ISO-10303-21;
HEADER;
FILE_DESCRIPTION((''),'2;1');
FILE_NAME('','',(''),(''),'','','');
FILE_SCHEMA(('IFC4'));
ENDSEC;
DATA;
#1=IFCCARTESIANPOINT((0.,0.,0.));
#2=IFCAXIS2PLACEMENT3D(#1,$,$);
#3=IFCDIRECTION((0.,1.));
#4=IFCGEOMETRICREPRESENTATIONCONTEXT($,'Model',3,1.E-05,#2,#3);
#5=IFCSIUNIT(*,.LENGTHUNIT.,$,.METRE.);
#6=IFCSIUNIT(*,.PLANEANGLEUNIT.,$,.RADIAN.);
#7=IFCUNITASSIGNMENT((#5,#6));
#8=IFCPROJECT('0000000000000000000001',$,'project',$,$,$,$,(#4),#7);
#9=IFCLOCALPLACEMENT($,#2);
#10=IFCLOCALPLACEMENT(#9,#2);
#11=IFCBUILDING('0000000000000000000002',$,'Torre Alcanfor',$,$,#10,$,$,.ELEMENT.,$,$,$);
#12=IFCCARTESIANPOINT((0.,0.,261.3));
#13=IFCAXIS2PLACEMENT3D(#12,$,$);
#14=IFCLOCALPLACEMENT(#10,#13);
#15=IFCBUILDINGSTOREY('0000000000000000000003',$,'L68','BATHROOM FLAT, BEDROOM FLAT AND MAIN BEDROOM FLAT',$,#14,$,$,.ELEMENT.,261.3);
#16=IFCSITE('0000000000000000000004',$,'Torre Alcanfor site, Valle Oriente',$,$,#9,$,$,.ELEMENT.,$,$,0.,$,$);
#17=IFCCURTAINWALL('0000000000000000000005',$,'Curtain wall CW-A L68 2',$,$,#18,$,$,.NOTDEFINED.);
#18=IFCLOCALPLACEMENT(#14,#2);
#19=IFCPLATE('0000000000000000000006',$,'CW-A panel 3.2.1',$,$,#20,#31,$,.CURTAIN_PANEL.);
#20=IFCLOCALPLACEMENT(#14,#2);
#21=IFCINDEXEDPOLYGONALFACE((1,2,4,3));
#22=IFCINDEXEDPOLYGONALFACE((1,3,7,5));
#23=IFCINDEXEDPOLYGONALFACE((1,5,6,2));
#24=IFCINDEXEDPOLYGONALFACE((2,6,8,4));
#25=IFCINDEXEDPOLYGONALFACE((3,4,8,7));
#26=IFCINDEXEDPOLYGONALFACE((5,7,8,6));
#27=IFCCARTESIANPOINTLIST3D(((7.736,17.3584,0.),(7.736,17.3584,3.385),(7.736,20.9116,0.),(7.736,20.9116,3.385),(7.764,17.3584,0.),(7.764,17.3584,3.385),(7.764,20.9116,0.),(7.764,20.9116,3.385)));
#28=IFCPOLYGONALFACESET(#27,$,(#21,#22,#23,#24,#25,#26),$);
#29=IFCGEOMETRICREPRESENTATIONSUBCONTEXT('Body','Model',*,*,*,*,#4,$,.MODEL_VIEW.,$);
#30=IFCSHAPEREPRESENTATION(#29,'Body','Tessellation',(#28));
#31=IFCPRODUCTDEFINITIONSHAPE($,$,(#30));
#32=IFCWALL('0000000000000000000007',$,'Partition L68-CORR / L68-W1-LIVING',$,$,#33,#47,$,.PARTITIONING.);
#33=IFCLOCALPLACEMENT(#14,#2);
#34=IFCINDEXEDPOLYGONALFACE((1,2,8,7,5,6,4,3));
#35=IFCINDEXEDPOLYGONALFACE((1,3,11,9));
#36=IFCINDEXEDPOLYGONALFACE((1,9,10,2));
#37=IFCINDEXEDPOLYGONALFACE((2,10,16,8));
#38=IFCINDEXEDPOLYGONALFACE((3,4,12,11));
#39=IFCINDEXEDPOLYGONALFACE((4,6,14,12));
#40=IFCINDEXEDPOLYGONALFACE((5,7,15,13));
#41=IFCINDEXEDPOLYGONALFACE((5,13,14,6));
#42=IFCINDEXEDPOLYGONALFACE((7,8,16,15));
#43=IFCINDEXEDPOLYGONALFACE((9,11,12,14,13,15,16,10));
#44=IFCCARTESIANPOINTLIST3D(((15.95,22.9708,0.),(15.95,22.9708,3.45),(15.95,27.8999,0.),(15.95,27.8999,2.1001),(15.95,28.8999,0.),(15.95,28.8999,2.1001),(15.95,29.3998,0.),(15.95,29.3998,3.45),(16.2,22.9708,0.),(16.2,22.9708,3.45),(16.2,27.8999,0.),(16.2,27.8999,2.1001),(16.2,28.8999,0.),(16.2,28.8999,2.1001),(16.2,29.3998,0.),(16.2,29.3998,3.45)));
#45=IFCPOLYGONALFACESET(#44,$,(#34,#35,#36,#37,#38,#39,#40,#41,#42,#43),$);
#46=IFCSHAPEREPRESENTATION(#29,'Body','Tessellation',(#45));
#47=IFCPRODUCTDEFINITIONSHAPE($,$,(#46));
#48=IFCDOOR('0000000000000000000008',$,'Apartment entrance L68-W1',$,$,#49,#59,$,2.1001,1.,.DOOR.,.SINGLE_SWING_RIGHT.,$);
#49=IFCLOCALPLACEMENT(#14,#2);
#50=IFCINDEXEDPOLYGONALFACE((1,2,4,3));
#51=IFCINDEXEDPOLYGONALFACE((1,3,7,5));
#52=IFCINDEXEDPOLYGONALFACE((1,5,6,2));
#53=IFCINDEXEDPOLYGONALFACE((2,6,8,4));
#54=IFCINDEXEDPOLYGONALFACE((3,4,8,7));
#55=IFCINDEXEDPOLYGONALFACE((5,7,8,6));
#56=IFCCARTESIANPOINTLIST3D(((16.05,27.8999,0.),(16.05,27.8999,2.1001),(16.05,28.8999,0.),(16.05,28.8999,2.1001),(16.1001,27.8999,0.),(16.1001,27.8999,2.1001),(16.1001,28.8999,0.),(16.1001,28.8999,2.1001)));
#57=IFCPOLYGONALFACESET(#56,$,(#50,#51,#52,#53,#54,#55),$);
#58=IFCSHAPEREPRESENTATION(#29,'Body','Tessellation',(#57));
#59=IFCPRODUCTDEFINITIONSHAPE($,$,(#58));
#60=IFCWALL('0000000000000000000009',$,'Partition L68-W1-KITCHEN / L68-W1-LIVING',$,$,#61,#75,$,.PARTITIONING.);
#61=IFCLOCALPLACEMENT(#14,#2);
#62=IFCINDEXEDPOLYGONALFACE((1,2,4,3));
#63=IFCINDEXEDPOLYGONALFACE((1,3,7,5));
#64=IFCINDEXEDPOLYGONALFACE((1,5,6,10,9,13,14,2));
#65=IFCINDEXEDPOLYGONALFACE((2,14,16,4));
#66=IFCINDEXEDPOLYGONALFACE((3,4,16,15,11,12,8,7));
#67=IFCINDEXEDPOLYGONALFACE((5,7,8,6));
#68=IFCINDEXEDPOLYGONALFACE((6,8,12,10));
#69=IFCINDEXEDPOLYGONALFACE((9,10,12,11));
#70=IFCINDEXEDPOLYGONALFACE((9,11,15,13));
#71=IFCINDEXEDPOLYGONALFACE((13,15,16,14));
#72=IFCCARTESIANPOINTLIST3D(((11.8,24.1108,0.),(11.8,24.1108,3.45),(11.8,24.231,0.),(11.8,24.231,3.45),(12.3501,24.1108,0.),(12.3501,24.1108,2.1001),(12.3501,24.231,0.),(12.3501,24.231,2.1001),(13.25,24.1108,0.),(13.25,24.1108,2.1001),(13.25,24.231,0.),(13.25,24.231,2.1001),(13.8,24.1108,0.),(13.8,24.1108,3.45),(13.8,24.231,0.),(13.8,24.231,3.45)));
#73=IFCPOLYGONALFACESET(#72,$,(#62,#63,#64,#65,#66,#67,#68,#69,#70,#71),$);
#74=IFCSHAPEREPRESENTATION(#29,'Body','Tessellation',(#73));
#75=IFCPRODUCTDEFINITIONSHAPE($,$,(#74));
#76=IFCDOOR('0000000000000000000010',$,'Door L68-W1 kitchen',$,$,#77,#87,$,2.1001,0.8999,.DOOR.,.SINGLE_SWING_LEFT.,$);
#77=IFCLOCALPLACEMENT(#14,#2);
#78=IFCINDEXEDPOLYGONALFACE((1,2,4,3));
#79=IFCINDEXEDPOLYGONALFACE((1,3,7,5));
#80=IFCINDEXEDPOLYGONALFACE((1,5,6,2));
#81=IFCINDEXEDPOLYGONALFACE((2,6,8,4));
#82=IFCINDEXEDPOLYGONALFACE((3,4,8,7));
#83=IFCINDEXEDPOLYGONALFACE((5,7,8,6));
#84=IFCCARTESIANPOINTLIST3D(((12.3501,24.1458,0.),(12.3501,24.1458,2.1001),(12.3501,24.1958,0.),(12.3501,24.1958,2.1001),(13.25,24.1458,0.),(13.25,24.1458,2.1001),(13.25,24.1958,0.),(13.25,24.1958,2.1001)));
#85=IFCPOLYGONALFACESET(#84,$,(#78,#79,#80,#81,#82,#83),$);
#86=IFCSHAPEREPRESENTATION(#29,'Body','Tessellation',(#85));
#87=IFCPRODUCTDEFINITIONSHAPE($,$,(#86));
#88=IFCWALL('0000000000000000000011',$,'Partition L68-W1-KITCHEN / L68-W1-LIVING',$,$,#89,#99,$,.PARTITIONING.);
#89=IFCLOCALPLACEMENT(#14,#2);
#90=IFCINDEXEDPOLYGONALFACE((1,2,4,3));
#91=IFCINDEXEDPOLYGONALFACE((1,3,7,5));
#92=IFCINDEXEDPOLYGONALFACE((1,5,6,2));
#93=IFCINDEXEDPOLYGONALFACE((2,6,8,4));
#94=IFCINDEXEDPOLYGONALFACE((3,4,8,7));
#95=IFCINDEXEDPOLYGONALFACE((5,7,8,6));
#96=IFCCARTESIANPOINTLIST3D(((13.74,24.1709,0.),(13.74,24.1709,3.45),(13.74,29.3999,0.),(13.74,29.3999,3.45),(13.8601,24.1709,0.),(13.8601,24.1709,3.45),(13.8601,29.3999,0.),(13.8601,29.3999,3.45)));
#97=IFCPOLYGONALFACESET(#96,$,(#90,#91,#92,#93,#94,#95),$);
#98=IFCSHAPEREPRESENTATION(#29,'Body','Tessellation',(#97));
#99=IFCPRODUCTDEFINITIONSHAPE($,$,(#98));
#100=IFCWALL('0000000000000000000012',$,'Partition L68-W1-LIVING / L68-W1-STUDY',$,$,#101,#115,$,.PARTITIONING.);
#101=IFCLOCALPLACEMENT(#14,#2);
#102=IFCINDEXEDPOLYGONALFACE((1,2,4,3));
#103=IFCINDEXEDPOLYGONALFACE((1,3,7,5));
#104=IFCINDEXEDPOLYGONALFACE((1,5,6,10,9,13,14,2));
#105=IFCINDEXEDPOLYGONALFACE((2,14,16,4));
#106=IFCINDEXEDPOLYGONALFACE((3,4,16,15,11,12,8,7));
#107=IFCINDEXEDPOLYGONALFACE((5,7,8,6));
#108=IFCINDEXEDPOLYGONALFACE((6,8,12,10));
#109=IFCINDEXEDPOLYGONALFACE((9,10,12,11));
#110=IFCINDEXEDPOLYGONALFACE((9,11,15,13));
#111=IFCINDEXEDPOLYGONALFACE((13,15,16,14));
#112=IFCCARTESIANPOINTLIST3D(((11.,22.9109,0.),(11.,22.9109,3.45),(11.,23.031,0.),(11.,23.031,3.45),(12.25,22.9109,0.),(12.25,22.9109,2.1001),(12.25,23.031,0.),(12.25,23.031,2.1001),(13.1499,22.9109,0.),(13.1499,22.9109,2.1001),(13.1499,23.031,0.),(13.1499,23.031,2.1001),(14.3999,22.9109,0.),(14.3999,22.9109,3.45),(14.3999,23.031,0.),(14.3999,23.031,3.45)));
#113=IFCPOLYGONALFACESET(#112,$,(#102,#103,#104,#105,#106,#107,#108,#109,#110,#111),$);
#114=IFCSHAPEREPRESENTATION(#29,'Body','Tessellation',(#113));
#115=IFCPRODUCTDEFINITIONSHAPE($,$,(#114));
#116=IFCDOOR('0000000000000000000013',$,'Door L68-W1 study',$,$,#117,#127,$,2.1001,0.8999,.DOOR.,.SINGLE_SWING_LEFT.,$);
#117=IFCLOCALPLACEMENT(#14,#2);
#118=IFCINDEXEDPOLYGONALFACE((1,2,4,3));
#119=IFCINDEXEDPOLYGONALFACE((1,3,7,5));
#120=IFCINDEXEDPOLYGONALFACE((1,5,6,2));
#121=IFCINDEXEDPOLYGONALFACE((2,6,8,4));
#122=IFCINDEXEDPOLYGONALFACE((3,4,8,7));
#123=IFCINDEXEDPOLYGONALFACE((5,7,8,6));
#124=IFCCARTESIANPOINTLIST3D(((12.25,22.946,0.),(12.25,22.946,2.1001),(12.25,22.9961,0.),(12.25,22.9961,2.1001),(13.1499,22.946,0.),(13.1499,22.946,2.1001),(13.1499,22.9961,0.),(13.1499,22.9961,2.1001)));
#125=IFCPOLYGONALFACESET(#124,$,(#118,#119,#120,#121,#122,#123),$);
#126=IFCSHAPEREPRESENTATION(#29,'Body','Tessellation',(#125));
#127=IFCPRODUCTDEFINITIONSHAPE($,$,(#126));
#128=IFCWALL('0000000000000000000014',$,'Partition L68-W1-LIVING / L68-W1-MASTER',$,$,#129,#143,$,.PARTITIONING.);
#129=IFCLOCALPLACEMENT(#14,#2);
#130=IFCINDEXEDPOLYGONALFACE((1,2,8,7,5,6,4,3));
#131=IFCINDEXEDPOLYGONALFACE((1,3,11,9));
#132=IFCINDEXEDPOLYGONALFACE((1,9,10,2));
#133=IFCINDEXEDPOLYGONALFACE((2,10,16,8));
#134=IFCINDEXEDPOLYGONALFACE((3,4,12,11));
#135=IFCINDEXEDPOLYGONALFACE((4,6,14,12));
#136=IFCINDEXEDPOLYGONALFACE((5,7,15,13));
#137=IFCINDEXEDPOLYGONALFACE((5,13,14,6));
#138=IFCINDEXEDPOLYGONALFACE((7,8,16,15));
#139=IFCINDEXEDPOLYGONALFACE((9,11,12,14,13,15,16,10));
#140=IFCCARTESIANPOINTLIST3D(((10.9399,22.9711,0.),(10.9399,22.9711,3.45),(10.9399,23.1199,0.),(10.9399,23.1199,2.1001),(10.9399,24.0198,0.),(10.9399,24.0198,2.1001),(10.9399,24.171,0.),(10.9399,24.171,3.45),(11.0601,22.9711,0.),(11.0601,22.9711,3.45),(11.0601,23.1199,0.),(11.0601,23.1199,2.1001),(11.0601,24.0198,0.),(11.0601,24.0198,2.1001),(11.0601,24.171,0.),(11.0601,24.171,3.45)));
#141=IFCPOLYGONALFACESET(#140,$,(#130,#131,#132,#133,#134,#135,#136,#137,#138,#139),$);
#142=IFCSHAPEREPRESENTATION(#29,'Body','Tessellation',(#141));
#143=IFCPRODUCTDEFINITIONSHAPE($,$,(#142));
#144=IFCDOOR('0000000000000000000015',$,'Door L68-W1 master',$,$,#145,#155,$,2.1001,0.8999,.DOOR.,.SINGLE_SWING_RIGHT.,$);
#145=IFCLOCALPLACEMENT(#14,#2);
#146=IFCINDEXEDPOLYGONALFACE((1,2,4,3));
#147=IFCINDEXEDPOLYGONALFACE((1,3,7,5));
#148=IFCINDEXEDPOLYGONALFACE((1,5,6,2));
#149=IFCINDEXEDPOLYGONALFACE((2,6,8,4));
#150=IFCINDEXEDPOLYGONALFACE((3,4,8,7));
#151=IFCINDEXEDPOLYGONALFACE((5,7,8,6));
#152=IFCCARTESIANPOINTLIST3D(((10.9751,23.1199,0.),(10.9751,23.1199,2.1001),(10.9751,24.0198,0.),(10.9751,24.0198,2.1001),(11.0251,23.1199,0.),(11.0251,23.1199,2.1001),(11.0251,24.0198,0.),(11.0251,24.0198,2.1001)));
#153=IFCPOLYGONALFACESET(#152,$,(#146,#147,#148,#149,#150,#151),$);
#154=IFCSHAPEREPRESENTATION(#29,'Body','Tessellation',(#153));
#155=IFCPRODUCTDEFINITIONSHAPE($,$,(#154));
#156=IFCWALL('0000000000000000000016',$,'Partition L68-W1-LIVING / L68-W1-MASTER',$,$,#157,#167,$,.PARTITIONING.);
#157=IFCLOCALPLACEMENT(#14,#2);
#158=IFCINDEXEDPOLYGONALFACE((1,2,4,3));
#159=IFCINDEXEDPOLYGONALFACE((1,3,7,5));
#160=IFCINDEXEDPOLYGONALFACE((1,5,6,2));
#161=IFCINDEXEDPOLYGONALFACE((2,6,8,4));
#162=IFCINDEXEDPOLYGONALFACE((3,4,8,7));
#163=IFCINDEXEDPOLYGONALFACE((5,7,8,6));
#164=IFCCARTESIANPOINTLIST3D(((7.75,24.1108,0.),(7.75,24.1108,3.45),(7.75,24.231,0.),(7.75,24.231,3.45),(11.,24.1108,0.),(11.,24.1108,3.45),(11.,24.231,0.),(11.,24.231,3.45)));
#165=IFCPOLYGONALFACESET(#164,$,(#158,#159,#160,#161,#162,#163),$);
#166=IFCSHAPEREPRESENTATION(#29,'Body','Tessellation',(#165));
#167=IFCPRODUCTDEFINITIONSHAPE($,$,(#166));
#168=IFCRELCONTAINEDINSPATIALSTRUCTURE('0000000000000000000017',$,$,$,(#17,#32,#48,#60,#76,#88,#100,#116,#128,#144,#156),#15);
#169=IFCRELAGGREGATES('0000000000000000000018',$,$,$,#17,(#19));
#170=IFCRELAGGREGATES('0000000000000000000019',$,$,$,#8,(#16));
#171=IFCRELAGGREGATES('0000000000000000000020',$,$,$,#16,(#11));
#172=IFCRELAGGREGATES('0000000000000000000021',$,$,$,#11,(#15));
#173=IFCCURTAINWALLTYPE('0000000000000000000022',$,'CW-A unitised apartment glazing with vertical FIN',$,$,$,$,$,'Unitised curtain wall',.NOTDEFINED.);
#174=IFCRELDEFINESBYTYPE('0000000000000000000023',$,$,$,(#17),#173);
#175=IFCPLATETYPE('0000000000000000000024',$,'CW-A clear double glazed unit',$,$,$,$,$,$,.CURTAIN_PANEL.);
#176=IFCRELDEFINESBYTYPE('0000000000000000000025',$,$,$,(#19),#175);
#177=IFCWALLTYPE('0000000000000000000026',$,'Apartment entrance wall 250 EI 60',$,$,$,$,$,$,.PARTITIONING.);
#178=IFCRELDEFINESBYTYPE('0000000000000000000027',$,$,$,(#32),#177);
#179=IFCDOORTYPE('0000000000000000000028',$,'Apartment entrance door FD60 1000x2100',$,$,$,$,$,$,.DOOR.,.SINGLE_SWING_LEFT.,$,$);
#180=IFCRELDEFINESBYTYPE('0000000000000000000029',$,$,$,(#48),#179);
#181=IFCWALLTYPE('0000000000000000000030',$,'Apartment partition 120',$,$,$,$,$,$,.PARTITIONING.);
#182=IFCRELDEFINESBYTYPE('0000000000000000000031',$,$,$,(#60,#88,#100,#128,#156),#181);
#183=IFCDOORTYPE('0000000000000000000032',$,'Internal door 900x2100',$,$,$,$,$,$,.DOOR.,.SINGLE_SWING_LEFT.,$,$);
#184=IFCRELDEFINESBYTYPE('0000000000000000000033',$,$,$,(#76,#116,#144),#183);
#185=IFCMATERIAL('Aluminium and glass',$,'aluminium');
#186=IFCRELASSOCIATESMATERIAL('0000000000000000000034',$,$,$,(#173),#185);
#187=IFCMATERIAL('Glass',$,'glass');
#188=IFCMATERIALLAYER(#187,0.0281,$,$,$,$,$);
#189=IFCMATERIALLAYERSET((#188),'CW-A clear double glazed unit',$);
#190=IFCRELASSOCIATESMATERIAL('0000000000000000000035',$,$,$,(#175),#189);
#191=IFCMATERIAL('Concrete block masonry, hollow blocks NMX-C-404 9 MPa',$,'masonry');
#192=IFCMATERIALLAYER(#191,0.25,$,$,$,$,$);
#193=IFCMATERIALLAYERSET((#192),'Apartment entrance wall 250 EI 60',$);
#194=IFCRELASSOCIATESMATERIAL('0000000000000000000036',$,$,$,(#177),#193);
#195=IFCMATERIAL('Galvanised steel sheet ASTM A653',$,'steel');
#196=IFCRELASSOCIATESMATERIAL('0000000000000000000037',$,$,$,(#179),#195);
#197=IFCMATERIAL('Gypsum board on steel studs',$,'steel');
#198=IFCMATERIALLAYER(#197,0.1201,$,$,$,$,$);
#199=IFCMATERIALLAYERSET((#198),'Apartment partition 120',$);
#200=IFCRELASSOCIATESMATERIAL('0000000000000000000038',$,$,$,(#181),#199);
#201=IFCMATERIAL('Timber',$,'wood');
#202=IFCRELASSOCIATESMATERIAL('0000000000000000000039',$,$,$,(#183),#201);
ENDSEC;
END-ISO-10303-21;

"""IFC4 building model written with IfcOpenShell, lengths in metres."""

from ifc_helpers import new_model, si_unit, direction, frame, frame_2d, origin, origin_2d, place, context, subcontext, project, spatial, rectangle, extrude, material, layer, layer_set, type_object, element, fill, aggregate, save


model = new_model("IFC4")

# Units and contexts
model_context = context("Model", 3, precision=1e-05, world=origin(), true_north=direction((0.0, 1.0)))
body_context = subcontext(model_context, "Body", "Model", "MODEL_VIEW")
ifc_project = project(units=[si_unit("LENGTHUNIT", "METRE"), si_unit("PLANEANGLEUNIT", "RADIAN")], contexts=[model_context])

# Site, building, storey
site_placement = place(None, origin())
site = spatial("IfcSite", under=ifc_project, at=site_placement, Name="Torre Alcanfor site, Valle Oriente", CompositionType="ELEMENT", RefElevation=0.0)
building_placement = place(site_placement, origin())
building = spatial("IfcBuilding", under=site, at=building_placement, Name="Torre Alcanfor", CompositionType="ELEMENT")
storey_placement = place(building_placement, frame((0.0, 0.0, 261.3)))
storey = spatial("IfcBuildingStorey", under=building, at=storey_placement, Name="L68", Description="BATHROOM FLAT, BEDROOM FLAT AND MAIN BEDROOM FLAT", CompositionType="ELEMENT", Elevation=261.3)

# Curtain wall
ifc_material_1 = material(Name="Aluminium and glass", Category="aluminium")
curtain_wall_type = type_object("IfcCurtainWallType", Name="CW-A unitised apartment glazing with vertical FIN", ElementType="Unitised curtain wall", PredefinedType="NOTDEFINED", material=ifc_material_1)
curtain_wall_placement = place(storey_placement, origin())
curtain_wall = element("IfcCurtainWall", 1, at=curtain_wall_placement, inside=storey, type_object=curtain_wall_type, Name="Curtain wall CW-A L68 2", PredefinedType="NOTDEFINED")

# Plate
ifc_material_2 = material(Name="Glass", Category="glass")
ifc_layer_1 = layer(ifc_material_2, 0.0281)
ifc_layer_set_1 = layer_set([ifc_layer_1], Name="CW-A clear double glazed unit")
plate_type = type_object("IfcPlateType", Name="CW-A clear double glazed unit", PredefinedType="CURTAIN_PANEL", material=ifc_layer_set_1)
plate_1_placement = place(storey_placement, frame((7.75, 19.135, 0.0), z_axis=(0.0, 0.0, 1.0), x_axis=(0.0, -1.0, 0.0)))
plate_1 = element("IfcPlate", 2, at=plate_1_placement, type_object=plate_type, Name="CW-A panel 3.2.1", PredefinedType="CURTAIN_PANEL", context=body_context, shape_type="SweptSolid", body=[
    extrude(rectangle(XDim=3.5532, YDim=0.0281, at=origin_2d()), origin(), (0.0, 0.0, 1.0), 3.385),
])
aggregate(curtain_wall, [plate_1])

# Walls, openings, doors
ifc_material_3 = material(Name="Concrete block masonry, hollow blocks NMX-C-404 9 MPa", Category="masonry")
ifc_layer_2 = layer(ifc_material_3, 0.25)
ifc_layer_set_2 = layer_set([ifc_layer_2], Name="Apartment entrance wall 250 EI 60")
wall_type_1 = type_object("IfcWallType", Name="Apartment entrance wall 250 EI 60", PredefinedType="PARTITIONING", material=ifc_layer_set_2)
wall_1_placement = place(storey_placement, frame((16.075, 22.9709, 0.0), z_axis=(0.0, 0.0, 1.0), x_axis=(0.0, 1.0, 0.0)))
wall_1 = element("IfcWall", 3, at=wall_1_placement, inside=storey, type_object=wall_type_1, Name="Partition L68-CORR / L68-W1-LIVING", PredefinedType="PARTITIONING", context=body_context, shape_type="SweptSolid", body=[
    extrude(rectangle(XDim=6.429, YDim=0.25, at=frame_2d((3.2144, 0.0))), origin(), (0.0, 0.0, 1.0), 3.45),
])
opening_1_placement = place(wall_1_placement, frame((4.929, 0.0, 0.0)))
opening_1 = element("IfcOpeningElement", 4, at=opening_1_placement, cuts=wall_1, PredefinedType="OPENING", context=body_context, shape_type="SweptSolid", body=[
    extrude(rectangle(XDim=1.0, YDim=2.1001, at=frame_2d((0.5, 1.05))), frame((0.0, 0.135, 0.0), z_axis=(0.0, -1.0, 0.0), x_axis=(1.0, 0.0, 0.0)), (0.0, 0.0, 1.0), 0.27),
])
ifc_material_4 = material(Name="Galvanised steel sheet ASTM A653", Category="steel")
door_type_1 = type_object("IfcDoorType", Name="Apartment entrance door FD60 1000x2100", OperationType="SINGLE_SWING_LEFT", PredefinedType="DOOR", material=ifc_material_4)
door_1_placement = place(opening_1_placement, origin())
door_1 = element("IfcDoor", 5, at=door_1_placement, inside=storey, type_object=door_type_1, Name="Apartment entrance L68-W1", OperationType="SINGLE_SWING_RIGHT", OverallHeight=2.1001, OverallWidth=1.0, PredefinedType="DOOR", context=body_context, shape_type="SweptSolid", body=[
    extrude(rectangle(XDim=1.0, YDim=2.1001, at=frame_2d((0.5, 1.05))), frame((0.0, 0.0249, 0.0), z_axis=(0.0, -1.0, 0.0), x_axis=(1.0, 0.0, 0.0)), (0.0, 0.0, 1.0), 0.05),
])
fill(opening_1, door_1)
ifc_material_5 = material(Name="Gypsum board on steel studs", Category="steel")
ifc_layer_3 = layer(ifc_material_5, 0.1201)
ifc_layer_set_3 = layer_set([ifc_layer_3], Name="Apartment partition 120")
wall_type_2 = type_object("IfcWallType", Name="Apartment partition 120", PredefinedType="PARTITIONING", material=ifc_layer_set_3)
wall_2_placement = place(storey_placement, frame((11.8, 24.1709, 0.0), z_axis=(0.0, 0.0, 1.0), x_axis=(1.0, 0.0, 0.0)))
wall_2 = element("IfcWall", 6, at=wall_2_placement, inside=storey, type_object=wall_type_2, Name="Partition L68-W1-KITCHEN / L68-W1-LIVING", PredefinedType="PARTITIONING", context=body_context, shape_type="SweptSolid", body=[
    extrude(rectangle(XDim=2.0, YDim=0.1201, at=frame_2d((1.0, 0.0))), origin(), (0.0, 0.0, 1.0), 3.45),
])
opening_2_placement = place(wall_2_placement, frame((0.55, 0.0, 0.0)))
opening_2 = element("IfcOpeningElement", 7, at=opening_2_placement, cuts=wall_2, PredefinedType="OPENING", context=body_context, shape_type="SweptSolid", body=[
    extrude(rectangle(XDim=0.8999, YDim=2.1001, at=frame_2d((0.45, 1.05))), frame((0.0, 0.0701, 0.0), z_axis=(0.0, -1.0, 0.0), x_axis=(1.0, 0.0, 0.0)), (0.0, 0.0, 1.0), 0.1401),
])
ifc_material_6 = material(Name="Timber", Category="wood")
door_type_2 = type_object("IfcDoorType", Name="Internal door 900x2100", OperationType="SINGLE_SWING_LEFT", PredefinedType="DOOR", material=ifc_material_6)
door_2_placement = place(opening_2_placement, origin())
door_2 = element("IfcDoor", 8, at=door_2_placement, inside=storey, type_object=door_type_2, Name="Door L68-W1 kitchen", OperationType="SINGLE_SWING_LEFT", OverallHeight=2.1001, OverallWidth=0.8999, PredefinedType="DOOR", context=body_context, shape_type="SweptSolid", body=[
    extrude(rectangle(XDim=0.8999, YDim=2.1001, at=frame_2d((0.45, 1.05))), frame((0.0, 0.0249, 0.0), z_axis=(0.0, -1.0, 0.0), x_axis=(1.0, 0.0, 0.0)), (0.0, 0.0, 1.0), 0.05),
])
fill(opening_2, door_2)

# Wall
wall_3_placement = place(storey_placement, frame((13.8, 24.1709, 0.0), z_axis=(0.0, 0.0, 1.0), x_axis=(0.0, 1.0, 0.0)))
element("IfcWall", 9, at=wall_3_placement, inside=storey, type_object=wall_type_2, Name="Partition L68-W1-KITCHEN / L68-W1-LIVING", PredefinedType="PARTITIONING", context=body_context, shape_type="SweptSolid", body=[
    extrude(rectangle(XDim=5.229, YDim=0.1201, at=frame_2d((2.6145, 0.0))), origin(), (0.0, 0.0, 1.0), 3.45),
])

# Walls, openings, doors
wall_4_placement = place(storey_placement, frame((14.3999, 22.9709, 0.0), z_axis=(0.0, 0.0, 1.0), x_axis=(-1.0, 0.0, 0.0)))
wall_4 = element("IfcWall", 10, at=wall_4_placement, inside=storey, type_object=wall_type_2, Name="Partition L68-W1-LIVING / L68-W1-STUDY", PredefinedType="PARTITIONING", context=body_context, shape_type="SweptSolid", body=[
    extrude(rectangle(XDim=3.3999, YDim=0.1201, at=frame_2d((1.7, 0.0))), origin(), (0.0, 0.0, 1.0), 3.45),
])
opening_3_placement = place(wall_4_placement, frame((1.25, 0.0, 0.0)))
opening_3 = element("IfcOpeningElement", 11, at=opening_3_placement, cuts=wall_4, PredefinedType="OPENING", context=body_context, shape_type="SweptSolid", body=[
    extrude(rectangle(XDim=0.8999, YDim=2.1001, at=frame_2d((0.45, 1.05))), frame((0.0, 0.0701, 0.0), z_axis=(0.0, -1.0, 0.0), x_axis=(1.0, 0.0, 0.0)), (0.0, 0.0, 1.0), 0.1401),
])
door_3_placement = place(opening_3_placement, origin())
door_3 = element("IfcDoor", 12, at=door_3_placement, inside=storey, type_object=door_type_2, Name="Door L68-W1 study", OperationType="SINGLE_SWING_LEFT", OverallHeight=2.1001, OverallWidth=0.8999, PredefinedType="DOOR", context=body_context, shape_type="SweptSolid", body=[
    extrude(rectangle(XDim=0.8999, YDim=2.1001, at=frame_2d((0.45, 1.05))), frame((0.0, 0.0249, 0.0), z_axis=(0.0, -1.0, 0.0), x_axis=(1.0, 0.0, 0.0)), (0.0, 0.0, 1.0), 0.05),
])
fill(opening_3, door_3)
wall_5_placement = place(storey_placement, frame((11.0, 22.9709, 0.0), z_axis=(0.0, 0.0, 1.0), x_axis=(0.0, 1.0, 0.0)))
wall_5 = element("IfcWall", 13, at=wall_5_placement, inside=storey, type_object=wall_type_2, Name="Partition L68-W1-LIVING / L68-W1-MASTER", PredefinedType="PARTITIONING", context=body_context, shape_type="SweptSolid", body=[
    extrude(rectangle(XDim=1.2, YDim=0.1201, at=frame_2d((0.6001, 0.0))), origin(), (0.0, 0.0, 1.0), 3.45),
])
opening_4_placement = place(wall_5_placement, frame((0.1489, 0.0, 0.0)))
opening_4 = element("IfcOpeningElement", 14, at=opening_4_placement, cuts=wall_5, PredefinedType="OPENING", context=body_context, shape_type="SweptSolid", body=[
    extrude(rectangle(XDim=0.8999, YDim=2.1001, at=frame_2d((0.45, 1.05))), frame((0.0, 0.0701, 0.0), z_axis=(0.0, -1.0, 0.0), x_axis=(1.0, 0.0, 0.0)), (0.0, 0.0, 1.0), 0.1401),
])
door_4_placement = place(opening_4_placement, origin())
door_4 = element("IfcDoor", 15, at=door_4_placement, inside=storey, type_object=door_type_2, Name="Door L68-W1 master", OperationType="SINGLE_SWING_RIGHT", OverallHeight=2.1001, OverallWidth=0.8999, PredefinedType="DOOR", context=body_context, shape_type="SweptSolid", body=[
    extrude(rectangle(XDim=0.8999, YDim=2.1001, at=frame_2d((0.45, 1.05))), frame((0.0, 0.0249, 0.0), z_axis=(0.0, -1.0, 0.0), x_axis=(1.0, 0.0, 0.0)), (0.0, 0.0, 1.0), 0.05),
])
fill(opening_4, door_4)

# Wall
wall_6_placement = place(storey_placement, frame((11.0, 24.1709, 0.0), z_axis=(0.0, 0.0, 1.0), x_axis=(-1.0, 0.0, 0.0)))
element("IfcWall", 16, at=wall_6_placement, inside=storey, type_object=wall_type_2, Name="Partition L68-W1-LIVING / L68-W1-MASTER", PredefinedType="PARTITIONING", context=body_context, shape_type="SweptSolid", body=[
    extrude(rectangle(XDim=3.25, YDim=0.1201, at=frame_2d((1.625, 0.0))), origin(), (0.0, 0.0, 1.0), 3.45),
])

save(model, "model.ifc")
